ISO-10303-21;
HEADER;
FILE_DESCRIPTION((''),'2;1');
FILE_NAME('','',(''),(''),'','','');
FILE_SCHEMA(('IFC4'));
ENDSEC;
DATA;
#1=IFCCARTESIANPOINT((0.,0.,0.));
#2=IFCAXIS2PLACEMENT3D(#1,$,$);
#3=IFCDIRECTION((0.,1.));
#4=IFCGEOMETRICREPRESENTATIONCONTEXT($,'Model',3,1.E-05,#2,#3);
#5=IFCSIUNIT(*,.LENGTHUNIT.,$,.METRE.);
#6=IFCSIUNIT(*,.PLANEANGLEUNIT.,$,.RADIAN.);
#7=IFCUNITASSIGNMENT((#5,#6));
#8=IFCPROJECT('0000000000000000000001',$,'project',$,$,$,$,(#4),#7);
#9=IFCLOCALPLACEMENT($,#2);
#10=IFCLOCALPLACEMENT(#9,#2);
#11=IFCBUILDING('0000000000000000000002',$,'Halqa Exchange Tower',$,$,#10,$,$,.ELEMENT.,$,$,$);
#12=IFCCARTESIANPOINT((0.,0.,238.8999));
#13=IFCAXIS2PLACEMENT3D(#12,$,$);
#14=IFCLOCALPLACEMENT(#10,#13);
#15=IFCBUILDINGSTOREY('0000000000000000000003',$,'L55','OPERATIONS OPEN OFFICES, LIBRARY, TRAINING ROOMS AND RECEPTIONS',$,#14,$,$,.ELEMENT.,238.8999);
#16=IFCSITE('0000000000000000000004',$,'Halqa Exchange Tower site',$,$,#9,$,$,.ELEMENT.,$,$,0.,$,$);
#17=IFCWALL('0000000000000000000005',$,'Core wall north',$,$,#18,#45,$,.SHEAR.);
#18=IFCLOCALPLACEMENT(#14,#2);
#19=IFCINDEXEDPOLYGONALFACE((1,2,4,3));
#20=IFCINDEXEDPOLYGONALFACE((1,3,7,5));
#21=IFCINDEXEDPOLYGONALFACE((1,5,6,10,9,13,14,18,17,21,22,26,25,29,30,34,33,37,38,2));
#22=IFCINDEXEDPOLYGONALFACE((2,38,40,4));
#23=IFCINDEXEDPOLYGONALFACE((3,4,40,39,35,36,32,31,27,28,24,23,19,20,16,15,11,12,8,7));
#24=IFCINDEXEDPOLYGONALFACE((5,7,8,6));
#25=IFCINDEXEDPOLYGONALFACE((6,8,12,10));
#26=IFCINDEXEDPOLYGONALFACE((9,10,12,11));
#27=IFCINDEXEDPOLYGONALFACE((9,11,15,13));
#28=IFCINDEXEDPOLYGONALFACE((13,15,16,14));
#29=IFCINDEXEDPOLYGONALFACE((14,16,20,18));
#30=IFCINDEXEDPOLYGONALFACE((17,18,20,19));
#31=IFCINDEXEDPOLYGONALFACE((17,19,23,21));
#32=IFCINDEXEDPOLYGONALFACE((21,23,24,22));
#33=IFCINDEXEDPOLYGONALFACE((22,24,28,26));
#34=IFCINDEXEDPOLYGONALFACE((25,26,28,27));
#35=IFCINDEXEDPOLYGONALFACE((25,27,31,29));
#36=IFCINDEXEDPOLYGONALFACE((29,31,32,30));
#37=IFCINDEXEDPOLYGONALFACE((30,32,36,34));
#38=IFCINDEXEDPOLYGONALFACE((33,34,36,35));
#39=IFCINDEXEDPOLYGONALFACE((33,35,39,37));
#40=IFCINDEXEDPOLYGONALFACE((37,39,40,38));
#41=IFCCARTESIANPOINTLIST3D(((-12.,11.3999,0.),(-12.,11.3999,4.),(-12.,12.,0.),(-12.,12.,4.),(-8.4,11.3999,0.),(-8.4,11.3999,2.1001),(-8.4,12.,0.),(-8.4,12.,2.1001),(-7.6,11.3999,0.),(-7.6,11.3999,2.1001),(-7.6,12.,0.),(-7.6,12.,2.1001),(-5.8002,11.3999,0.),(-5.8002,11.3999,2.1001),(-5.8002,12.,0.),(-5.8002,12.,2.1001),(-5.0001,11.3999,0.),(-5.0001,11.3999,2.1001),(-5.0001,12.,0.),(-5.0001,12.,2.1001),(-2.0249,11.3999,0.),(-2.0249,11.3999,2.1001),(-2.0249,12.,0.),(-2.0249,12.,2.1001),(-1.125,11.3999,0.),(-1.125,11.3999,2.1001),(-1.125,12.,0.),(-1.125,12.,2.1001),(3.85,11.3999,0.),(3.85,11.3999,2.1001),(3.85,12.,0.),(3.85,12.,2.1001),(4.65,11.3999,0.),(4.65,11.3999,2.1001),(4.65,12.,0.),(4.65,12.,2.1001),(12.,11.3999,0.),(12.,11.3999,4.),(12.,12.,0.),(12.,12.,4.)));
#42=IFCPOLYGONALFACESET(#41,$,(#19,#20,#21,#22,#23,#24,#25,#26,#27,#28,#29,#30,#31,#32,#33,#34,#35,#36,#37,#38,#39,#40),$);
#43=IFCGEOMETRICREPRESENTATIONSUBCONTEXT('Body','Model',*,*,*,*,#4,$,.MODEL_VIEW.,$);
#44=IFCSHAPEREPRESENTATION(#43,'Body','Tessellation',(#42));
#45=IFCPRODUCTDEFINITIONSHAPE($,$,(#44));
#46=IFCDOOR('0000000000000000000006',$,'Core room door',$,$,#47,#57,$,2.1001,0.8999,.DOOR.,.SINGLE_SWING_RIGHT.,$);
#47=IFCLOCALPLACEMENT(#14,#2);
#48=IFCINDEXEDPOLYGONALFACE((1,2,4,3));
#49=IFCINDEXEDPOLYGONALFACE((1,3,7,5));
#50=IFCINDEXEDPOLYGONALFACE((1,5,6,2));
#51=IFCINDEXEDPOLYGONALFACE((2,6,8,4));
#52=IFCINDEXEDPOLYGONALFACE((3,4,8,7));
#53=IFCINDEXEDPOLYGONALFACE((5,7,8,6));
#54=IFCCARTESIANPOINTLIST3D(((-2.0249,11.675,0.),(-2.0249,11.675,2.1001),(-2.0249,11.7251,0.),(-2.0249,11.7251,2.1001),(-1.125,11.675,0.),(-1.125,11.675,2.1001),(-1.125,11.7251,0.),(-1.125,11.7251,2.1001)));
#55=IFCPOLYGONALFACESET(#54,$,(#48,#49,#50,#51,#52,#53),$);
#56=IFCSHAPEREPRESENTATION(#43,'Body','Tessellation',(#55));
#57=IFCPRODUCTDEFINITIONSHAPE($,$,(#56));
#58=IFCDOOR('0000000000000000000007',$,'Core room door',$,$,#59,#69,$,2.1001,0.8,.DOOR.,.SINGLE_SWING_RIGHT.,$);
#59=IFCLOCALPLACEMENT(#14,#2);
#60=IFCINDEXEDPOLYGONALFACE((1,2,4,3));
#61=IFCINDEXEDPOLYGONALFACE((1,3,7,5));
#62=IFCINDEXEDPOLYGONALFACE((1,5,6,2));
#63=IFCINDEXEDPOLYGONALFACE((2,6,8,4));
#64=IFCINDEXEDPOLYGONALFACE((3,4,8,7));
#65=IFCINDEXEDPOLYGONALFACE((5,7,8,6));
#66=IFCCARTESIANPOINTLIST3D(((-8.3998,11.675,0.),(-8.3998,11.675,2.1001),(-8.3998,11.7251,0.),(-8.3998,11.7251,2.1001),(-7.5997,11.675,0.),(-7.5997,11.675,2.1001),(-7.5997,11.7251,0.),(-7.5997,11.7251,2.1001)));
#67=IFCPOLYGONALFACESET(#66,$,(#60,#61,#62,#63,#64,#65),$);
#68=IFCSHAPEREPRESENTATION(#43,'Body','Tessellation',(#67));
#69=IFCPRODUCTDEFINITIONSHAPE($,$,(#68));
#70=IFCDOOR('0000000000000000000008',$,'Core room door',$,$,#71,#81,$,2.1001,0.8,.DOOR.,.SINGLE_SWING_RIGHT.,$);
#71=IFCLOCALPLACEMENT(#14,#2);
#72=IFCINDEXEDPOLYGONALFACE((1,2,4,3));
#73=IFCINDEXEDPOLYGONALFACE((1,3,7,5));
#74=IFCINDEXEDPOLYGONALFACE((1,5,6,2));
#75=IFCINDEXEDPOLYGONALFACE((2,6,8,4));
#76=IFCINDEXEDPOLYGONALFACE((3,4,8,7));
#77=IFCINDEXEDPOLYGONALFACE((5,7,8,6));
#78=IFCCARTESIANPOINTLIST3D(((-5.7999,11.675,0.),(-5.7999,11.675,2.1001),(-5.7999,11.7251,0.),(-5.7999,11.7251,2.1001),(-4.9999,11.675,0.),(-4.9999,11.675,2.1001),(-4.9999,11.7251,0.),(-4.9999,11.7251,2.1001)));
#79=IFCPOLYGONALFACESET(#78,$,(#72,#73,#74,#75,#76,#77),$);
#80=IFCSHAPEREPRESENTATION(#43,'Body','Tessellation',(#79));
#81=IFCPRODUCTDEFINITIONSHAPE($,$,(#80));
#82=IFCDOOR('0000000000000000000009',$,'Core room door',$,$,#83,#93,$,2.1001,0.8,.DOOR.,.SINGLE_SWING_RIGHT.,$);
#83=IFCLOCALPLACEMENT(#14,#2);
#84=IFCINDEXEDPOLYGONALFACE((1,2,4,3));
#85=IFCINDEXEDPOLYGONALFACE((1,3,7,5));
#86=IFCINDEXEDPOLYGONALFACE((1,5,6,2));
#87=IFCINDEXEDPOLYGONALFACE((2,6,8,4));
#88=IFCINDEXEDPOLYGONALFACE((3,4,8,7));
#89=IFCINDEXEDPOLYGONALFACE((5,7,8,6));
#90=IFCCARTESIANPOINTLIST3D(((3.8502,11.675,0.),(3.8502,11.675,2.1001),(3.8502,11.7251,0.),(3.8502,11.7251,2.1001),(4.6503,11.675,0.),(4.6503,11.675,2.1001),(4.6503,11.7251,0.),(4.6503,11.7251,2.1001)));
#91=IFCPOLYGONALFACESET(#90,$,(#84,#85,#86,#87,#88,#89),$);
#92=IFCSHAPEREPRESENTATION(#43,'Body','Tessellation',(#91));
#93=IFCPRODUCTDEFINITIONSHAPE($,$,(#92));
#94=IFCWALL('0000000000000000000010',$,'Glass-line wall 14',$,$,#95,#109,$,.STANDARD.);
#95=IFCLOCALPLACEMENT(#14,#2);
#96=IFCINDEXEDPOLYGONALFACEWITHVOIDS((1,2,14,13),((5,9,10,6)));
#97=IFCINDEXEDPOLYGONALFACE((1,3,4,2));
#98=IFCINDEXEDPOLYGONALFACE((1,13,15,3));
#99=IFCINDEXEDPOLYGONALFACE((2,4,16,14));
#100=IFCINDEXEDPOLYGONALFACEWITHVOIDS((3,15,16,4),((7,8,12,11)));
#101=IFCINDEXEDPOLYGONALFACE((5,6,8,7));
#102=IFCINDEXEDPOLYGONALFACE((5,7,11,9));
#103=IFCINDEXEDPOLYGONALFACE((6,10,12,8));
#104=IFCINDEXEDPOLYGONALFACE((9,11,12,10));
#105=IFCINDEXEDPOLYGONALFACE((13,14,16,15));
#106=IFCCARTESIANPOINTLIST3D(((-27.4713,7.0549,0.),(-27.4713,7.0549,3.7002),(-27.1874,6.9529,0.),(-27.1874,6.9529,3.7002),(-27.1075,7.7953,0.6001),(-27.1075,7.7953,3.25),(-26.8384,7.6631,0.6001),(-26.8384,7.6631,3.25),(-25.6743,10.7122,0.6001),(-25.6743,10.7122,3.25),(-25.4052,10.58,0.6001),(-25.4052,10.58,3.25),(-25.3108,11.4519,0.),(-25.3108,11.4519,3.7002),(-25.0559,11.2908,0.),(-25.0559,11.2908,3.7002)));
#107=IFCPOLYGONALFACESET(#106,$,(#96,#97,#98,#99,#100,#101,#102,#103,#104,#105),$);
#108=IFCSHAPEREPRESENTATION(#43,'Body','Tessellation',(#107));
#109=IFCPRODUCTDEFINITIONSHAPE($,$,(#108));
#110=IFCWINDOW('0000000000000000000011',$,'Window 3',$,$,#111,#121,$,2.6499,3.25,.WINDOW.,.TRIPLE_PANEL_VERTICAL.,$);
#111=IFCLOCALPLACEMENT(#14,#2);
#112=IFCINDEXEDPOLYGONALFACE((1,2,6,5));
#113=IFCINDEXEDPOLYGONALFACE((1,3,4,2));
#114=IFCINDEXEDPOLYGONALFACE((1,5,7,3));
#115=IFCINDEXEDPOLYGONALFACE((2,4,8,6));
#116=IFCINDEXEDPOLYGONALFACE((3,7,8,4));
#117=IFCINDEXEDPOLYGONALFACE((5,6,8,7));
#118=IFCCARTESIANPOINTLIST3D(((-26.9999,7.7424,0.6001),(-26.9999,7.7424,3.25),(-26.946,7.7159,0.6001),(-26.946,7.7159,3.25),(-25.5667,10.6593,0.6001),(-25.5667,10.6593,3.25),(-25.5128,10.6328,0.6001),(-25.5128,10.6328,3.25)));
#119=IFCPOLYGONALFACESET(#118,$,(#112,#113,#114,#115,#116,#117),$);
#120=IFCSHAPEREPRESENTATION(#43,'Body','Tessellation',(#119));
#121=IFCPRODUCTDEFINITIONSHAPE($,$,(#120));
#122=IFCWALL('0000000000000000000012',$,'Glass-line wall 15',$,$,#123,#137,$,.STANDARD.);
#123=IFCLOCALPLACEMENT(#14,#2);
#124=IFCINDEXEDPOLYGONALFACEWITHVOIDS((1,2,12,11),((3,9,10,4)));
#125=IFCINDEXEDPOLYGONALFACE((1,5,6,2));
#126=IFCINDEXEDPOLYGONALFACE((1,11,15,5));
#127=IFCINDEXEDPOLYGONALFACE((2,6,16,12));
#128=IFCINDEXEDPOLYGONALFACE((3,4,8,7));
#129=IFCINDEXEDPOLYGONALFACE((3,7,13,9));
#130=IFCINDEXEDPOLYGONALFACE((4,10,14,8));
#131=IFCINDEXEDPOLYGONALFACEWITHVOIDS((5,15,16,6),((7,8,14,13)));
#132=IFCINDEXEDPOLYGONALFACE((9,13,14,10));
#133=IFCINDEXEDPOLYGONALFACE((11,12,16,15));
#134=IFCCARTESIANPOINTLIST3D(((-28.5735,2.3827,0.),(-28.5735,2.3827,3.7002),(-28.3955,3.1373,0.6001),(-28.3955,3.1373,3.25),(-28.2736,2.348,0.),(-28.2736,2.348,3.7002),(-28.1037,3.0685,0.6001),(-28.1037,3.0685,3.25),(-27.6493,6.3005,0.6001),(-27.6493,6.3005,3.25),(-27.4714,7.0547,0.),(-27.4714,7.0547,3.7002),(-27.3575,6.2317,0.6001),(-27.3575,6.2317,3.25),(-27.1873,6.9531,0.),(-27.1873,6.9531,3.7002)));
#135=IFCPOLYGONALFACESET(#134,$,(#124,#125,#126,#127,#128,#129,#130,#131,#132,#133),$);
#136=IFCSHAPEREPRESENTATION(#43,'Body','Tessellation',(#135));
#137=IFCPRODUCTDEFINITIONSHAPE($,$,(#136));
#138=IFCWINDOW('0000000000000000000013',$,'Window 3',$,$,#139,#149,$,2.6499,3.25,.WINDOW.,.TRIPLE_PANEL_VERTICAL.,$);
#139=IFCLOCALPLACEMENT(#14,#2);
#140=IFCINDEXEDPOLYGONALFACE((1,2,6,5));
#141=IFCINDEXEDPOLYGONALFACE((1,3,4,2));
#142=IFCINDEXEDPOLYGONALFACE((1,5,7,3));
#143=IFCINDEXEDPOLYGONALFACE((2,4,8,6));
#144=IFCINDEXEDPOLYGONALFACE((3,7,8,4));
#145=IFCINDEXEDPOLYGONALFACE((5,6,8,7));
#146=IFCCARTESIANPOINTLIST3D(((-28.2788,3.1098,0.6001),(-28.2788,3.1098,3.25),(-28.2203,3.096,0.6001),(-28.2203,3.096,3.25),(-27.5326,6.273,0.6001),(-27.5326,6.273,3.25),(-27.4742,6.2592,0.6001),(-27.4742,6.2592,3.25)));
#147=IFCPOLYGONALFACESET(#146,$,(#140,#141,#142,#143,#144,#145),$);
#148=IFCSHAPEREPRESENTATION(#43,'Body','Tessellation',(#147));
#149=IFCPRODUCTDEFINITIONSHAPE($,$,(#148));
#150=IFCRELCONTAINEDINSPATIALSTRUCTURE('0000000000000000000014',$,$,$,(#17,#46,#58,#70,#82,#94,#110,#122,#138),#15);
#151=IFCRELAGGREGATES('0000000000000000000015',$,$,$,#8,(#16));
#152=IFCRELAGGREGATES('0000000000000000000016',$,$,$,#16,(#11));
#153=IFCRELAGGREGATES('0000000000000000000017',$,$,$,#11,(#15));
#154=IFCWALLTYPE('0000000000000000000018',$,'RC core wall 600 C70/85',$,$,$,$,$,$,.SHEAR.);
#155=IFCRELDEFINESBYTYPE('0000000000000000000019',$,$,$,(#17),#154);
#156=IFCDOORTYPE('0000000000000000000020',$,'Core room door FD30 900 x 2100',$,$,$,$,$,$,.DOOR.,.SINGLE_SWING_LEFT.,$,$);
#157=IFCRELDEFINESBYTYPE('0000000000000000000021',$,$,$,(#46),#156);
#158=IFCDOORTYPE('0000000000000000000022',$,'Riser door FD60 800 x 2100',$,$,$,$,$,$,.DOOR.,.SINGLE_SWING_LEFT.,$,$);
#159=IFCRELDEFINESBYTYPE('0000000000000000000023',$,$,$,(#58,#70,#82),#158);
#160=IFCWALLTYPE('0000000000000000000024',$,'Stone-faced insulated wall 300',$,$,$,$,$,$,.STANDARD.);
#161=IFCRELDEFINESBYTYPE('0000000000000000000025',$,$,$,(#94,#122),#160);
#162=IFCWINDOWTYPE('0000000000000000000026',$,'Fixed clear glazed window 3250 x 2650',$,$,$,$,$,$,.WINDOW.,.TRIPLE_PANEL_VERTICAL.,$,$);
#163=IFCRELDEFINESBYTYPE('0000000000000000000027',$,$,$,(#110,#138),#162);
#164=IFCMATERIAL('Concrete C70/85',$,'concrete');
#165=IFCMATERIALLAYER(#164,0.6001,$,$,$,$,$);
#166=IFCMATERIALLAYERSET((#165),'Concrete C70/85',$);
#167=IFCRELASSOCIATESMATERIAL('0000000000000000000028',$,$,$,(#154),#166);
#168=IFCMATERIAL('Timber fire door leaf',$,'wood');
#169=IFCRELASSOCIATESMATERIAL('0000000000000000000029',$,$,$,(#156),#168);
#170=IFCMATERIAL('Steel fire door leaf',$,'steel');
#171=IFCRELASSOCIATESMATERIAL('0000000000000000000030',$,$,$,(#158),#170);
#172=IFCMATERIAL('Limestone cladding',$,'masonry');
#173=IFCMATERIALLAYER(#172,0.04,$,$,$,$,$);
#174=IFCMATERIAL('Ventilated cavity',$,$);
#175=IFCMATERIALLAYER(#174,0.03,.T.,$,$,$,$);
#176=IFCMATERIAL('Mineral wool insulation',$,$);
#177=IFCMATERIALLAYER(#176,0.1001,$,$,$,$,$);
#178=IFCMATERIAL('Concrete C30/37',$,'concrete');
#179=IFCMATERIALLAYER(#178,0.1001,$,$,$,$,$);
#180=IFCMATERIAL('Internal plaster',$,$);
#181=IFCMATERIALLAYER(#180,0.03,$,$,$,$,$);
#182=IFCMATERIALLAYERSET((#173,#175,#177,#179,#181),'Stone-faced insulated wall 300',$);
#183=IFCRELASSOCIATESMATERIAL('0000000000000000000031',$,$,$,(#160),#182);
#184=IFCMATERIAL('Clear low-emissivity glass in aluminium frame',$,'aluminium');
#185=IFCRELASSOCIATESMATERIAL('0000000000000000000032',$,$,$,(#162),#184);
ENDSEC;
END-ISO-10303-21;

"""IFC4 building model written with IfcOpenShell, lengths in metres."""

from ifc_helpers import new_model, si_unit, direction, frame, frame_2d, origin, place, context, subcontext, project, spatial, polyline, rectangle, outline, extrude, material, layer, layer_set, type_object, element, fill, save


model = new_model("IFC4")

# Units and contexts
model_context = context("Model", 3, precision=1e-05, world=origin(), true_north=direction((0.0, 1.0)))
body_context = subcontext(model_context, "Body", "Model", "MODEL_VIEW")
ifc_project = project(units=[si_unit("LENGTHUNIT", "METRE"), si_unit("PLANEANGLEUNIT", "RADIAN")], contexts=[model_context])

# Site, building, storey
site_placement = place(None, origin())
site = spatial("IfcSite", under=ifc_project, at=site_placement, Name="Halqa Exchange Tower site", CompositionType="ELEMENT", RefElevation=0.0)
building_placement = place(site_placement, origin())
building = spatial("IfcBuilding", under=site, at=building_placement, Name="Halqa Exchange Tower", CompositionType="ELEMENT")
storey_placement = place(building_placement, frame((0.0, 0.0, 238.8999)))
storey = spatial("IfcBuildingStorey", under=building, at=storey_placement, Name="L55", Description="OPERATIONS OPEN OFFICES, LIBRARY, TRAINING ROOMS AND RECEPTIONS", CompositionType="ELEMENT", Elevation=238.8999)

# Shared definitions
ifc_material_1 = material(Name="Steel fire door leaf", Category="steel")

# Wall, openings, doors
ifc_material_2 = material(Name="Concrete C70/85", Category="concrete")
ifc_layer_1 = layer(ifc_material_2, 0.6001)
ifc_layer_set_1 = layer_set([ifc_layer_1], Name="Concrete C70/85")
wall_type_1 = type_object("IfcWallType", Name="RC core wall 600 C70/85", PredefinedType="SHEAR", material=ifc_layer_set_1)
wall_1_placement = place(storey_placement, frame((-12.0, 11.7, 0.0), z_axis=(0.0, 0.0, 1.0), x_axis=(1.0, 0.0, 0.0)))
wall_1 = element("IfcWall", 1, at=wall_1_placement, inside=storey, type_object=wall_type_1, Name="Core wall north", PredefinedType="SHEAR", context=body_context, shape_type="SweptSolid", body=[
    extrude(rectangle(XDim=24.0, YDim=0.6001, at=frame_2d((12.0, 0.0))), origin(), (0.0, 0.0, 1.0), 4.0),
])
opening_1_placement = place(wall_1_placement, frame((9.9751, 0.0, 0.0)))
opening_1 = element("IfcOpeningElement", 2, at=opening_1_placement, cuts=wall_1, PredefinedType="OPENING", context=body_context, shape_type="SweptSolid", body=[
    extrude(rectangle(XDim=0.8999, YDim=2.1001, at=frame_2d((0.45, 1.05))), frame((0.0, 0.312, 0.0), z_axis=(0.0, -1.0, 0.0), x_axis=(1.0, 0.0, 0.0)), (0.0, 0.0, 1.0), 0.624),
])
opening_2_placement = place(wall_1_placement, frame((3.6001, 0.0, 0.0)))
opening_2 = element("IfcOpeningElement", 3, at=opening_2_placement, cuts=wall_1, PredefinedType="OPENING", context=body_context, shape_type="SweptSolid", body=[
    extrude(rectangle(XDim=0.8, YDim=2.1001, at=frame_2d((0.3999, 1.05))), frame((0.0, 0.312, 0.0), z_axis=(0.0, -1.0, 0.0), x_axis=(1.0, 0.0, 0.0)), (0.0, 0.0, 1.0), 0.624),
])
opening_3_placement = place(wall_1_placement, frame((6.2, 0.0, 0.0)))
opening_3 = element("IfcOpeningElement", 4, at=opening_3_placement, cuts=wall_1, PredefinedType="OPENING", context=body_context, shape_type="SweptSolid", body=[
    extrude(rectangle(XDim=0.8, YDim=2.1001, at=frame_2d((0.3999, 1.05))), frame((0.0, 0.312, 0.0), z_axis=(0.0, -1.0, 0.0), x_axis=(1.0, 0.0, 0.0)), (0.0, 0.0, 1.0), 0.624),
])
opening_4_placement = place(wall_1_placement, frame((15.8501, 0.0, 0.0)))
opening_4 = element("IfcOpeningElement", 5, at=opening_4_placement, cuts=wall_1, PredefinedType="OPENING", context=body_context, shape_type="SweptSolid", body=[
    extrude(rectangle(XDim=0.8, YDim=2.1001, at=frame_2d((0.3999, 1.05))), frame((0.0, 0.312, 0.0), z_axis=(0.0, -1.0, 0.0), x_axis=(1.0, 0.0, 0.0)), (0.0, 0.0, 1.0), 0.624),
])
ifc_material_3 = material(Name="Timber fire door leaf", Category="wood")
door_type_1 = type_object("IfcDoorType", Name="Core room door FD30 900 x 2100", OperationType="SINGLE_SWING_LEFT", PredefinedType="DOOR", material=ifc_material_3)
door_1_placement = place(opening_1_placement, frame((0.8999, 0.0, 0.0), z_axis=(0.0, 0.0, 1.0), x_axis=(-1.0, 0.0, 0.0)))
door_1 = element("IfcDoor", 6, at=door_1_placement, inside=storey, type_object=door_type_1, Name="Core room door", OperationType="SINGLE_SWING_RIGHT", OverallHeight=2.1001, OverallWidth=0.8999, PredefinedType="DOOR", context=body_context, shape_type="SweptSolid", body=[
    extrude(rectangle(XDim=0.8999, YDim=2.1001, at=frame_2d((0.45, 1.05))), frame((0.0, 0.0249, 0.0), z_axis=(0.0, -1.0, 0.0), x_axis=(1.0, 0.0, 0.0)), (0.0, 0.0, 1.0), 0.05),
])
fill(opening_1, door_1)
door_type_2 = type_object("IfcDoorType", Name="Riser door FD60 800 x 2100", OperationType="SINGLE_SWING_LEFT", PredefinedType="DOOR", material=ifc_material_1)
door_2_placement = place(opening_2_placement, frame((0.8, 0.0, 0.0), z_axis=(0.0, 0.0, 1.0), x_axis=(-1.0, 0.0, 0.0)))
door_2 = element("IfcDoor", 7, at=door_2_placement, inside=storey, type_object=door_type_2, Name="Core room door", OperationType="SINGLE_SWING_RIGHT", OverallHeight=2.1001, OverallWidth=0.8, PredefinedType="DOOR", context=body_context, shape_type="SweptSolid", body=[
    extrude(rectangle(XDim=0.8, YDim=2.1001, at=frame_2d((0.3999, 1.05))), frame((0.0, 0.0249, 0.0), z_axis=(0.0, -1.0, 0.0), x_axis=(1.0, 0.0, 0.0)), (0.0, 0.0, 1.0), 0.05),
])
fill(opening_2, door_2)
door_3_placement = place(opening_3_placement, frame((0.8, 0.0, 0.0), z_axis=(0.0, 0.0, 1.0), x_axis=(-1.0, 0.0, 0.0)))
door_3 = element("IfcDoor", 8, at=door_3_placement, inside=storey, type_object=door_type_2, Name="Core room door", OperationType="SINGLE_SWING_RIGHT", OverallHeight=2.1001, OverallWidth=0.8, PredefinedType="DOOR", context=body_context, shape_type="SweptSolid", body=[
    extrude(rectangle(XDim=0.8, YDim=2.1001, at=frame_2d((0.3999, 1.05))), frame((0.0, 0.0249, 0.0), z_axis=(0.0, -1.0, 0.0), x_axis=(1.0, 0.0, 0.0)), (0.0, 0.0, 1.0), 0.05),
])
fill(opening_3, door_3)
door_4_placement = place(opening_4_placement, frame((0.8, 0.0, 0.0), z_axis=(0.0, 0.0, 1.0), x_axis=(-1.0, 0.0, 0.0)))
door_4 = element("IfcDoor", 9, at=door_4_placement, inside=storey, type_object=door_type_2, Name="Core room door", OperationType="SINGLE_SWING_RIGHT", OverallHeight=2.1001, OverallWidth=0.8, PredefinedType="DOOR", context=body_context, shape_type="SweptSolid", body=[
    extrude(rectangle(XDim=0.8, YDim=2.1001, at=frame_2d((0.3999, 1.05))), frame((0.0, 0.0249, 0.0), z_axis=(0.0, -1.0, 0.0), x_axis=(1.0, 0.0, 0.0)), (0.0, 0.0, 1.0), 0.05),
])
fill(opening_4, door_4)

# Walls, openings, windows
ifc_material_4 = material(Name="Limestone cladding", Category="masonry")
ifc_layer_2 = layer(ifc_material_4, 0.04)
ifc_material_5 = material(Name="Ventilated cavity")
ifc_layer_3 = layer(ifc_material_5, 0.03, ventilated=True)
ifc_material_6 = material(Name="Mineral wool insulation")
ifc_layer_4 = layer(ifc_material_6, 0.1001)
ifc_material_7 = material(Name="Concrete C30/37", Category="concrete")
ifc_layer_5 = layer(ifc_material_7, 0.1001)
ifc_material_8 = material(Name="Internal plaster")
ifc_layer_6 = layer(ifc_material_8, 0.03)
ifc_layer_set_2 = layer_set([ifc_layer_2, ifc_layer_3, ifc_layer_4, ifc_layer_5, ifc_layer_6], Name="Stone-faced insulated wall 300")
wall_type_2 = type_object("IfcWallType", Name="Stone-faced insulated wall 300", PredefinedType="STANDARD", material=ifc_layer_set_2)
wall_2_placement = place(storey_placement, frame((-25.1833, 11.3713, 0.0), z_axis=(0.0, 0.0, 1.0), x_axis=(-0.441002, -0.897506, 0.0)))
wall_2 = element("IfcWall", 10, at=wall_2_placement, inside=storey, type_object=wall_type_2, Name="Glass-line wall 14", PredefinedType="STANDARD", context=body_context, shape_type="SweptSolid", body=[
    extrude(outline(polyline([(-0.0161, -0.1499), (4.8831, -0.1499), (4.8494, 0.1499), (0.0161, 0.1499), (-0.0161, -0.1499)])), origin(), (0.0, 0.0, 1.0), 3.7002),
])
opening_5_placement = place(wall_2_placement, frame((0.8081, 0.0, 0.6001)))
opening_5 = element("IfcOpeningElement", 11, at=opening_5_placement, cuts=wall_2, PredefinedType="OPENING", context=body_context, shape_type="SweptSolid", body=[
    extrude(rectangle(XDim=3.25, YDim=2.6499, at=frame_2d((1.625, 1.325))), frame((0.0, 0.1621, 0.0), z_axis=(0.0, -1.0, 0.0), x_axis=(1.0, 0.0, 0.0)), (0.0, 0.0, 1.0), 0.324),
])
ifc_material_9 = material(Name="Clear low-emissivity glass in aluminium frame", Category="aluminium")
window_type = type_object("IfcWindowType", Name="Fixed clear glazed window 3250 x 2650", PartitioningType="TRIPLE_PANEL_VERTICAL", PredefinedType="WINDOW", material=ifc_material_9)
window_1_placement = place(opening_5_placement, origin())
window_1 = element("IfcWindow", 12, at=window_1_placement, inside=storey, type_object=window_type, Name="Window 3", OverallHeight=2.6499, OverallWidth=3.25, PartitioningType="TRIPLE_PANEL_VERTICAL", PredefinedType="WINDOW", context=body_context, shape_type="SweptSolid", body=[
    extrude(rectangle(XDim=3.25, YDim=2.6499, at=frame_2d((1.625, 1.325))), frame((0.0, 0.03, 0.0), z_axis=(0.0, -1.0, 0.0), x_axis=(1.0, 0.0, 0.0)), (0.0, 0.0, 1.0), 0.0601),
])
fill(opening_5, window_1)
wall_3_placement = place(storey_placement, frame((-27.3293, 7.0039, 0.0), z_axis=(0.0, 0.0, 1.0), x_axis=(-0.229593, -0.973287, 0.0)))
wall_3 = element("IfcWall", 13, at=wall_3_placement, inside=storey, type_object=wall_type_2, Name="Glass-line wall 15", PredefinedType="STANDARD", context=body_context, shape_type="SweptSolid", body=[
    extrude(outline(polyline([(-0.0168, -0.1499), (4.7834, -0.1499), (4.7483, 0.1499), (0.0168, 0.1499), (-0.0168, -0.1499)])), origin(), (0.0, 0.0, 1.0), 3.7002),
])
opening_6_placement = place(wall_3_placement, frame((0.7581, 0.0, 0.6001)))
opening_6 = element("IfcOpeningElement", 14, at=opening_6_placement, cuts=wall_3, PredefinedType="OPENING", context=body_context, shape_type="SweptSolid", body=[
    extrude(rectangle(XDim=3.25, YDim=2.6499, at=frame_2d((1.625, 1.325))), frame((0.0, 0.1621, 0.0), z_axis=(0.0, -1.0, 0.0), x_axis=(1.0, 0.0, 0.0)), (0.0, 0.0, 1.0), 0.324),
])
window_2_placement = place(opening_6_placement, origin())
window_2 = element("IfcWindow", 15, at=window_2_placement, inside=storey, type_object=window_type, Name="Window 3", OverallHeight=2.6499, OverallWidth=3.25, PartitioningType="TRIPLE_PANEL_VERTICAL", PredefinedType="WINDOW", context=body_context, shape_type="SweptSolid", body=[
    extrude(rectangle(XDim=3.25, YDim=2.6499, at=frame_2d((1.625, 1.325))), frame((0.0, 0.03, 0.0), z_axis=(0.0, -1.0, 0.0), x_axis=(1.0, 0.0, 0.0)), (0.0, 0.0, 1.0), 0.0601),
])
fill(opening_6, window_2)

save(model, "model.ifc")
